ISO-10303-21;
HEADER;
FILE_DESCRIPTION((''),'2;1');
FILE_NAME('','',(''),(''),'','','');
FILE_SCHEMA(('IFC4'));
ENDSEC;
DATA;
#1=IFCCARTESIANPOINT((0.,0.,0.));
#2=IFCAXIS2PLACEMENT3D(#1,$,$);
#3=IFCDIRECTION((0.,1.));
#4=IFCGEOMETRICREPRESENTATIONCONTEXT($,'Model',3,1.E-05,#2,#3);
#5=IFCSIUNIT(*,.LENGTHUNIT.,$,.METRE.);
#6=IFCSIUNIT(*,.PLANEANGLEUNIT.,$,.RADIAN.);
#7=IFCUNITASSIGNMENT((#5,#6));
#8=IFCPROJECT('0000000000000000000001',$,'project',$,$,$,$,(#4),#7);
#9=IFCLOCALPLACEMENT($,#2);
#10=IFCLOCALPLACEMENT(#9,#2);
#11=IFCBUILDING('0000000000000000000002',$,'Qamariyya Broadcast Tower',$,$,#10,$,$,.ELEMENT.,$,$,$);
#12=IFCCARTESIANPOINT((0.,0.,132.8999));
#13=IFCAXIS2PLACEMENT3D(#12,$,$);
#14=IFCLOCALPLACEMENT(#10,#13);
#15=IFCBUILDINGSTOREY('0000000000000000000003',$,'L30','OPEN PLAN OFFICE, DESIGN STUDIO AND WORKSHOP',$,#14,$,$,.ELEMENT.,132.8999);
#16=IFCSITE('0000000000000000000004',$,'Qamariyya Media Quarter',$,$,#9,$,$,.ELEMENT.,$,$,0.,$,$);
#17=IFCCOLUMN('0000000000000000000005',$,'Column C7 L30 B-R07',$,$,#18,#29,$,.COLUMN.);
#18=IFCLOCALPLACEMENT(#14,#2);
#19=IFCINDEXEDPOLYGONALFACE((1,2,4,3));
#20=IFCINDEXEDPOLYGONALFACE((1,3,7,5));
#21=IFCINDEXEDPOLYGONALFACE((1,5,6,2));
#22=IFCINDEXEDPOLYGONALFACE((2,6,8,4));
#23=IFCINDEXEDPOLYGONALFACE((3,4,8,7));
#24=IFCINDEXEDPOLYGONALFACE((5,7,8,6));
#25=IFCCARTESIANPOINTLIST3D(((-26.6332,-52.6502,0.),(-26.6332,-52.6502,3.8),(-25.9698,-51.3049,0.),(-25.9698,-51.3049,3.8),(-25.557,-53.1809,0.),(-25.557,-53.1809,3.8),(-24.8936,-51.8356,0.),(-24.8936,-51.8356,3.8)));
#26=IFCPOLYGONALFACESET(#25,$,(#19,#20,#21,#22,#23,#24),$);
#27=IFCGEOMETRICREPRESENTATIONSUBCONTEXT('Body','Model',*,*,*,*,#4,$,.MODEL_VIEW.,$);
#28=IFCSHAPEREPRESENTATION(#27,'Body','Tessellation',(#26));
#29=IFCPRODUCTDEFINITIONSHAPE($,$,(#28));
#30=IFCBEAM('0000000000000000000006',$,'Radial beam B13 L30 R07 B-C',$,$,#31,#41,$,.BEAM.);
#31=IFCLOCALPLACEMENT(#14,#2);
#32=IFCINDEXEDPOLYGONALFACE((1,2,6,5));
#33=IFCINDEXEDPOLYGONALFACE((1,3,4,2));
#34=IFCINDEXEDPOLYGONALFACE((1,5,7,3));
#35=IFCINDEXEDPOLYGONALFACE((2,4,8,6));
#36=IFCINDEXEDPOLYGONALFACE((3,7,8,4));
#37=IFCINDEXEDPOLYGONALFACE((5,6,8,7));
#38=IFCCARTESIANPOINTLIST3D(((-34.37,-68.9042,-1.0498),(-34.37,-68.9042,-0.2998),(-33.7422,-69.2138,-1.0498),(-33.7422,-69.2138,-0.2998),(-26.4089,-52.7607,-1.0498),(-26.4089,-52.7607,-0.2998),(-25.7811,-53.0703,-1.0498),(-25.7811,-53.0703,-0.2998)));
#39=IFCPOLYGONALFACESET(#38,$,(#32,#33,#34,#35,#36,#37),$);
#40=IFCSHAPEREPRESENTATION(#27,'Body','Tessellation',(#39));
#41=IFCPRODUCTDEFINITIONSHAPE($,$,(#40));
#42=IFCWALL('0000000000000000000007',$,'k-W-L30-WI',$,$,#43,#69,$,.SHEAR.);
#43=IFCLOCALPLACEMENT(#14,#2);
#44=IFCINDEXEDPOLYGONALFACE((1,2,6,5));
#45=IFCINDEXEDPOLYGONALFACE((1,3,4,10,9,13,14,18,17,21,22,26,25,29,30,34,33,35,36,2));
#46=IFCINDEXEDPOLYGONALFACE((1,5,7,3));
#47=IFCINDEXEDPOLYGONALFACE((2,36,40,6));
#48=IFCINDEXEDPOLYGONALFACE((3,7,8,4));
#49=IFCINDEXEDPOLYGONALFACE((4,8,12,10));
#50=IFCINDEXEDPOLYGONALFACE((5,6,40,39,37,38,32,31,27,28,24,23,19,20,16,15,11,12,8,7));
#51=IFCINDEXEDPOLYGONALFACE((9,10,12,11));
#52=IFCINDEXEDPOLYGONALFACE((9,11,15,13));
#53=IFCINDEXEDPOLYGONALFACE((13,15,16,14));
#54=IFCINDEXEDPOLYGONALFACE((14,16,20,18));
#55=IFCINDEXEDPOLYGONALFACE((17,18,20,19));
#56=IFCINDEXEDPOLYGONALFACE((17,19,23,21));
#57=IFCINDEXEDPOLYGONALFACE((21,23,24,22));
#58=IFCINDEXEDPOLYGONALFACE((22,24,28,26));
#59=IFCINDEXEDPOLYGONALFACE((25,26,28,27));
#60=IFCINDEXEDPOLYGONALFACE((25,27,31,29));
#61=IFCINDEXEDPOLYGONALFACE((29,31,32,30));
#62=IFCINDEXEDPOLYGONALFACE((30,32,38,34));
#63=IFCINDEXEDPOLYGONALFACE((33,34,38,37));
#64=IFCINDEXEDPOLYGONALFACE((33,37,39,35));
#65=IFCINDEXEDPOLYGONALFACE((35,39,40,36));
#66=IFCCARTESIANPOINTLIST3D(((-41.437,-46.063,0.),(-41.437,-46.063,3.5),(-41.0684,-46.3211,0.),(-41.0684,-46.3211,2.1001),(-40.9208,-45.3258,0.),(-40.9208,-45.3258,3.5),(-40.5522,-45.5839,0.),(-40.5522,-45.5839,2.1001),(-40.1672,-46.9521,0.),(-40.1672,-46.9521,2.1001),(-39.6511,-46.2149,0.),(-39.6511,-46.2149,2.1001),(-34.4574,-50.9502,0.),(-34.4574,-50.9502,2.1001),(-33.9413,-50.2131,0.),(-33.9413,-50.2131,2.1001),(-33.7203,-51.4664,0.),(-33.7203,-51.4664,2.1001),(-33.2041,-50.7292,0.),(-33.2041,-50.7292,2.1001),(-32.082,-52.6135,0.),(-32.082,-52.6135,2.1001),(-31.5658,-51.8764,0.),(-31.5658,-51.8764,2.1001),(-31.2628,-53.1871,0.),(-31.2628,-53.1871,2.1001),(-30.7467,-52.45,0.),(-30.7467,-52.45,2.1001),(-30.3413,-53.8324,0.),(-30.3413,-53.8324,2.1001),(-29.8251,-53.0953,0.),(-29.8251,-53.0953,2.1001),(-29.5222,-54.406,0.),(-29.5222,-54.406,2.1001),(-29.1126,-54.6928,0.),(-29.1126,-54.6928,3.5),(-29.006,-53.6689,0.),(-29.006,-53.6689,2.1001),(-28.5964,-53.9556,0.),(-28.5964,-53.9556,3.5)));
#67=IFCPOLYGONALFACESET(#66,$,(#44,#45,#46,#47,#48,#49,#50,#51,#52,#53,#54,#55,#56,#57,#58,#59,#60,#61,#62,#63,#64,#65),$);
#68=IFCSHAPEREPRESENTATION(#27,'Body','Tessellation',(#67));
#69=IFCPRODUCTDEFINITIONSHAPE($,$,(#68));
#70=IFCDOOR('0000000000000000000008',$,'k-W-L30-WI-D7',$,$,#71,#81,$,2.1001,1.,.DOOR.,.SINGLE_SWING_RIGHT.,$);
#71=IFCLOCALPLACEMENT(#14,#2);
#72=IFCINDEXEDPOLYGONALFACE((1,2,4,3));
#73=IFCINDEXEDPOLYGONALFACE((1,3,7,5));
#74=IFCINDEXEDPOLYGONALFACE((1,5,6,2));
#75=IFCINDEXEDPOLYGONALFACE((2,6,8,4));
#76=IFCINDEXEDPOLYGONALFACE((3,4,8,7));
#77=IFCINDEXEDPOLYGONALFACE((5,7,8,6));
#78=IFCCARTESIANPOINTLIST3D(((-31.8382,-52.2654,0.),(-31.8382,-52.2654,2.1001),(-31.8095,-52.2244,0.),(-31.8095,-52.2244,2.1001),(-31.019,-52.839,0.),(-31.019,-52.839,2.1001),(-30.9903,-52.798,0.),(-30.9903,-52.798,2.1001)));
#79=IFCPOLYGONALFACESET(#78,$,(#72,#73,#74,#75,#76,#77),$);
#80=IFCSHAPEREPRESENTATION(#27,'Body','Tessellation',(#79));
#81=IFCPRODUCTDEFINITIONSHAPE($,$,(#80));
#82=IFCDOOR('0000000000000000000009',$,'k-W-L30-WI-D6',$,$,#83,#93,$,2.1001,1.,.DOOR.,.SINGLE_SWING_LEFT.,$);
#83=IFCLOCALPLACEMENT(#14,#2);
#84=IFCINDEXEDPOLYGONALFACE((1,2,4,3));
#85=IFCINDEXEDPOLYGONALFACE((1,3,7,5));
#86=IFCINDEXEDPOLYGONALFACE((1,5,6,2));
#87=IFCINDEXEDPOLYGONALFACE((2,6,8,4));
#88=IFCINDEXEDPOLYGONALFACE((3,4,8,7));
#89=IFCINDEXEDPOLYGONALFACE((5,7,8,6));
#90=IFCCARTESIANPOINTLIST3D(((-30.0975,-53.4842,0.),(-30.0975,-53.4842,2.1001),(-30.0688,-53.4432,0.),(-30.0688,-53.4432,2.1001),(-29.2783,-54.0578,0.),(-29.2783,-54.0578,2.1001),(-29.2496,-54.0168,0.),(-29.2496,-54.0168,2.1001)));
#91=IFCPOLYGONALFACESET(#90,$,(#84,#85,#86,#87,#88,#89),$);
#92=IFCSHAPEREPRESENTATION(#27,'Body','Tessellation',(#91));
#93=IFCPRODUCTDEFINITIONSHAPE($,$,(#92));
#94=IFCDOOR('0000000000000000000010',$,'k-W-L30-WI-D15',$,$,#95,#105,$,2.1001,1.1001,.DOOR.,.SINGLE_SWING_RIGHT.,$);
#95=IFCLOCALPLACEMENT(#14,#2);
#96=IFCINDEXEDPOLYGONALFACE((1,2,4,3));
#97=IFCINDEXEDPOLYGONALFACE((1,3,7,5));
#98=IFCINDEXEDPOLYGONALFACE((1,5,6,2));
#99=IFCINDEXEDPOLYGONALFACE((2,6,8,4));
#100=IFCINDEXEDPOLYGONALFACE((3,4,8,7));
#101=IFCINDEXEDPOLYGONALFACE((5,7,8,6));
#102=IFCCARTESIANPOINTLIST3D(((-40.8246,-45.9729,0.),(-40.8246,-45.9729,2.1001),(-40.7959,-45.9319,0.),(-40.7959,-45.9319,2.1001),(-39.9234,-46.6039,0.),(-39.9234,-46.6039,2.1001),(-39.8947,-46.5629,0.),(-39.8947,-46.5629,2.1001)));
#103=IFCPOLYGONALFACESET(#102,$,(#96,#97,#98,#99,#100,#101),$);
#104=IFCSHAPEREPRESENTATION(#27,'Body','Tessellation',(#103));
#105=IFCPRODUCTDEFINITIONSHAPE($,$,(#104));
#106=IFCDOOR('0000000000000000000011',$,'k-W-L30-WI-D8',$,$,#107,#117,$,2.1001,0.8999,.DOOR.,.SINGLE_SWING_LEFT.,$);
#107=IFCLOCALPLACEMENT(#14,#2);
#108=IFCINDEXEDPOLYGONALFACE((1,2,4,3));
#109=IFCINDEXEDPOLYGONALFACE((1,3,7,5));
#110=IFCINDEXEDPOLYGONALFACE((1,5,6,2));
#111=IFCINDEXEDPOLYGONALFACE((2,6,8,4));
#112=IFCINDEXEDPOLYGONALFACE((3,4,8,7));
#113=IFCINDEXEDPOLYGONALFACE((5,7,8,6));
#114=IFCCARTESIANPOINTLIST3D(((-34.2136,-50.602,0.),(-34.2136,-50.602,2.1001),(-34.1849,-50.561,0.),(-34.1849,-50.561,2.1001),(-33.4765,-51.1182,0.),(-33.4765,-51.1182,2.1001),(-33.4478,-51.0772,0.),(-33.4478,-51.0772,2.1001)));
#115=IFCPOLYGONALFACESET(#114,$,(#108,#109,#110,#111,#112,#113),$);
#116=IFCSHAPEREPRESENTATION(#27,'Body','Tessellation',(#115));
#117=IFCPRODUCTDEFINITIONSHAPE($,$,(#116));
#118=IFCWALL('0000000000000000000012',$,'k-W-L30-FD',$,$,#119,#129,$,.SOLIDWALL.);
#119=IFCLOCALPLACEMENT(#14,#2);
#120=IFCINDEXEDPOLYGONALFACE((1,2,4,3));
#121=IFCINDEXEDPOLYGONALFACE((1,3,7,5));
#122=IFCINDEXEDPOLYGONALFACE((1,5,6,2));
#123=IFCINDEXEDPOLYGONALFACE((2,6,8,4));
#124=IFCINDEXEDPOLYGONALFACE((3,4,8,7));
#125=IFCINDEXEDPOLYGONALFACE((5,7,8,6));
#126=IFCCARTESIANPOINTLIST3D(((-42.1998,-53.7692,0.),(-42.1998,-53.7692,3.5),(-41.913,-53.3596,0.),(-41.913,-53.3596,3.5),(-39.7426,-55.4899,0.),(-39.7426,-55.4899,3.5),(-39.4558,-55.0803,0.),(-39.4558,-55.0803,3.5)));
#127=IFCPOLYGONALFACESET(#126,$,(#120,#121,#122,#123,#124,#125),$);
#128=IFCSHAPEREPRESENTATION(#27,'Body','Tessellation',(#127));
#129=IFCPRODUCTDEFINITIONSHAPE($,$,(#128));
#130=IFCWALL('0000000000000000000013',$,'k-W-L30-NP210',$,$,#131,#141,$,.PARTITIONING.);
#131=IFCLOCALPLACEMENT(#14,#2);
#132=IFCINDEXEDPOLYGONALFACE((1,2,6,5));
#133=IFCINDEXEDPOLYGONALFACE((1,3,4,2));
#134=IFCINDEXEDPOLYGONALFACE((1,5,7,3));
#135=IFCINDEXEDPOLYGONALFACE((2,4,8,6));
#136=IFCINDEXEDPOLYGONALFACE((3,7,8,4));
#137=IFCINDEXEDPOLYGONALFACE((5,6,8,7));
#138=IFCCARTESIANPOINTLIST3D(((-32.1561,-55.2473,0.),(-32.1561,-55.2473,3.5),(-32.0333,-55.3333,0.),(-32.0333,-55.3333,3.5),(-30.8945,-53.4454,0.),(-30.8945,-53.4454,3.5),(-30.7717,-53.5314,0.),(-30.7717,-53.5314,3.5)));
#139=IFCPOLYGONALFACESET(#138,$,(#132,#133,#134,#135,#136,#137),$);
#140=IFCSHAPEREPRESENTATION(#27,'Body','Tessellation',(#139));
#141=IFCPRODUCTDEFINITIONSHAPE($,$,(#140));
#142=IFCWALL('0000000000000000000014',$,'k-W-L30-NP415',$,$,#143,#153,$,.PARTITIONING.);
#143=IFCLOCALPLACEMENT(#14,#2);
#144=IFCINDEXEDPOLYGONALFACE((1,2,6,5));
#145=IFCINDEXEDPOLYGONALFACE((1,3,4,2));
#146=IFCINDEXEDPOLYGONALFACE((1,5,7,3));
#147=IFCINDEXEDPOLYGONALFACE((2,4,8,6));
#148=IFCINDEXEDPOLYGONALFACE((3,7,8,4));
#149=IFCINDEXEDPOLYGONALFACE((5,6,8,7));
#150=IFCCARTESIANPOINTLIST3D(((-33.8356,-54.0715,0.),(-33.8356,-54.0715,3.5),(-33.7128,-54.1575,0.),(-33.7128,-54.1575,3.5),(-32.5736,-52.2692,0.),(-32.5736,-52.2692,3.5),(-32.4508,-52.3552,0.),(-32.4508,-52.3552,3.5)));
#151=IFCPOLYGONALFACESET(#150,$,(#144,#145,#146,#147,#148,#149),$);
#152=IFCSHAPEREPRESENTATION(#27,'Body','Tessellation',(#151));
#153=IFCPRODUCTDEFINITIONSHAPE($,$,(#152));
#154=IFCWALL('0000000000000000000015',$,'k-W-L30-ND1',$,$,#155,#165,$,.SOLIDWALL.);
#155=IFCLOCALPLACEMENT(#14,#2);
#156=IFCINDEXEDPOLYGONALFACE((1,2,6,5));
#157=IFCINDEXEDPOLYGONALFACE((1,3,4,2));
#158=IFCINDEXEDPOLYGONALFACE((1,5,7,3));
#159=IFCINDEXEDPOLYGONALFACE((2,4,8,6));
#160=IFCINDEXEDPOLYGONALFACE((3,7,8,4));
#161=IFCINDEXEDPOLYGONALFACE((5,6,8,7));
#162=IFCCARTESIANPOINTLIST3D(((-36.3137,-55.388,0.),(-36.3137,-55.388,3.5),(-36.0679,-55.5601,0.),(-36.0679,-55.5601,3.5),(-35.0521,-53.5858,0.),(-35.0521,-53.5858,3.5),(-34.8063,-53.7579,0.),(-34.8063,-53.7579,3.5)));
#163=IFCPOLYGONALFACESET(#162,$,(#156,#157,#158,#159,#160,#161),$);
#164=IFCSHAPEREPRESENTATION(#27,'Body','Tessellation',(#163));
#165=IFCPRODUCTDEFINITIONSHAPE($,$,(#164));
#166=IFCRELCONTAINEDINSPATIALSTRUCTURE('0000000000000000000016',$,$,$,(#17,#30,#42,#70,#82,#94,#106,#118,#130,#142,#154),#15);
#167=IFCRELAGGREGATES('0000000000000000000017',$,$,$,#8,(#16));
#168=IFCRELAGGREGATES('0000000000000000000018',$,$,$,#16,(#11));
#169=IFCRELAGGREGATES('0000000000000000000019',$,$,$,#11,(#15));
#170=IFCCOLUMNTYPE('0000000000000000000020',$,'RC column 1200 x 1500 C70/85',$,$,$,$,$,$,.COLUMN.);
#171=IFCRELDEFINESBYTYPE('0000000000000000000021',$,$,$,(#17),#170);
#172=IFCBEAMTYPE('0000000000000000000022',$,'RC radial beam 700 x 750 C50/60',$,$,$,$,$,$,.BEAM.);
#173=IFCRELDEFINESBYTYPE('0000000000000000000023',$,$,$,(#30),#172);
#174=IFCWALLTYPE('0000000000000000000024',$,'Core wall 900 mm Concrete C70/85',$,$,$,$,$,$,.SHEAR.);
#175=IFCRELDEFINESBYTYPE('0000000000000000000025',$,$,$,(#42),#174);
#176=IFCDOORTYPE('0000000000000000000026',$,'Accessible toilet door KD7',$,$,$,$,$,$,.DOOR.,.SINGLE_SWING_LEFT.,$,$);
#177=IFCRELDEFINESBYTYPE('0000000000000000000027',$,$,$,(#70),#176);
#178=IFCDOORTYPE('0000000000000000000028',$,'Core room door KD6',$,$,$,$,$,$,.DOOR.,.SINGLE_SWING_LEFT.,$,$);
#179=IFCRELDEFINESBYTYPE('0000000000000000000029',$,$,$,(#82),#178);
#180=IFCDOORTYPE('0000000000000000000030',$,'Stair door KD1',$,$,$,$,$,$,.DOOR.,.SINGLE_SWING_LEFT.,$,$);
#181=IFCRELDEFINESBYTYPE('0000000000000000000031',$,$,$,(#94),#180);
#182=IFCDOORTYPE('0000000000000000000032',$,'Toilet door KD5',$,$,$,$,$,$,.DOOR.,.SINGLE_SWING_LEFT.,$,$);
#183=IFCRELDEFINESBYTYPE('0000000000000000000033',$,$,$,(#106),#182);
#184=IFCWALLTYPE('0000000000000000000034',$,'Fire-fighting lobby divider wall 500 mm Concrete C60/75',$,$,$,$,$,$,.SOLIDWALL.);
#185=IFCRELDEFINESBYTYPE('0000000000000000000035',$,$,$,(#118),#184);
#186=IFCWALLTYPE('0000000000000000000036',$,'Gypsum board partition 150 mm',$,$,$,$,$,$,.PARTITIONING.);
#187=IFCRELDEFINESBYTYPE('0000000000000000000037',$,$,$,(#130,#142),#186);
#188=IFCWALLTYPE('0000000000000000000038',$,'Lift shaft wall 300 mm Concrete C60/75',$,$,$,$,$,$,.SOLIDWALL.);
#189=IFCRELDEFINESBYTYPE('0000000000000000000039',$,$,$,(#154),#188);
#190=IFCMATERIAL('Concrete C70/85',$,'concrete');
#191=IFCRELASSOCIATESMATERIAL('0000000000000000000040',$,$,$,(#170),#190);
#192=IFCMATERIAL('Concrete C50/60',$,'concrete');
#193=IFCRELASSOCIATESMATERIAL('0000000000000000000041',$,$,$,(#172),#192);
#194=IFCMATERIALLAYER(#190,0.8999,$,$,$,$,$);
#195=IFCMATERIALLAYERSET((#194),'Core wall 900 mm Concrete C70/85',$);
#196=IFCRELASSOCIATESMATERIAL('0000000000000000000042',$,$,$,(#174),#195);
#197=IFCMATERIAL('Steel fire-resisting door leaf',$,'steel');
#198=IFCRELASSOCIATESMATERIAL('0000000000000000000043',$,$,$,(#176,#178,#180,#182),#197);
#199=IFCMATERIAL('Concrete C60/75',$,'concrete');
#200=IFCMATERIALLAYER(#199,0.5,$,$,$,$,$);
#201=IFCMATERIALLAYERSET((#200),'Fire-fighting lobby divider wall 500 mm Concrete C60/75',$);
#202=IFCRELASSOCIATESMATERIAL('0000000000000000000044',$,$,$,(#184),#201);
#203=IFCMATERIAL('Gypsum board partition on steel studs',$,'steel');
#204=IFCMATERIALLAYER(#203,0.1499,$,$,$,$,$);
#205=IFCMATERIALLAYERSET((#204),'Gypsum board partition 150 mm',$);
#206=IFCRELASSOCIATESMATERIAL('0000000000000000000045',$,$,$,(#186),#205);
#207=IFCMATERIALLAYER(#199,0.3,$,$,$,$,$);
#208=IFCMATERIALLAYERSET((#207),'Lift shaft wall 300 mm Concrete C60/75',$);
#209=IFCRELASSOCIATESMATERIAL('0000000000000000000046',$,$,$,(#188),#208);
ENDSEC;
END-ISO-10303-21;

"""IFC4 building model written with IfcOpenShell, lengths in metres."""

from ifc_helpers import new_model, si_unit, direction, frame, frame_2d, origin, origin_2d, place, context, subcontext, project, spatial, rectangle, extrude, material, layer, layer_set, material_profile, profile_set, type_object, element, fill, save


model = new_model("IFC4")

# Units and contexts
model_context = context("Model", 3, precision=1e-05, world=origin(), true_north=direction((0.0, 1.0)))
body_context = subcontext(model_context, "Body", "Model", "MODEL_VIEW")
ifc_project = project(units=[si_unit("LENGTHUNIT", "METRE"), si_unit("PLANEANGLEUNIT", "RADIAN")], contexts=[model_context])

# Site, building, storey
site_placement = place(None, origin())
site = spatial("IfcSite", under=ifc_project, at=site_placement, Name="Qamariyya Media Quarter", CompositionType="ELEMENT", RefElevation=0.0)
building_placement = place(site_placement, origin())
building = spatial("IfcBuilding", under=site, at=building_placement, Name="Qamariyya Broadcast Tower", CompositionType="ELEMENT")
storey_placement = place(building_placement, frame((0.0, 0.0, 132.8999)))
storey = spatial("IfcBuildingStorey", under=building, at=storey_placement, Name="L30", Description="OPEN PLAN OFFICE, DESIGN STUDIO AND WORKSHOP", CompositionType="ELEMENT", Elevation=132.8999)

# Column
ifc_material_1 = material(Name="Concrete C70/85", Category="concrete")
ifc_material_profile_1 = material_profile(ifc_material_1, rectangle(XDim=1.2, YDim=1.5, at=origin_2d()))
ifc_profile_set_1 = profile_set([ifc_material_profile_1], Name="Concrete C70/85")
column_type = type_object("IfcColumnType", Name="RC column 1200 x 1500 C70/85", PredefinedType="COLUMN", material=ifc_profile_set_1)
column_placement = place(storey_placement, frame((-25.7634, -52.2429, 0.0), z_axis=(0.0, 0.0, 1.0), x_axis=(0.896873, -0.442289, 0.0)))
element("IfcColumn", 1, at=column_placement, inside=storey, type_object=column_type, Name="Column C7 L30 B-R07", PredefinedType="COLUMN", context=body_context, shape_type="SweptSolid", body=[
    extrude(rectangle(XDim=1.2, YDim=1.5, at=origin_2d()), origin(), (0.0, 0.0, 1.0), 3.8),
])

# Beam
ifc_material_2 = material(Name="Concrete C50/60", Category="concrete")
ifc_material_profile_2 = material_profile(ifc_material_2, rectangle(XDim=0.7, YDim=0.75, at=origin_2d()))
ifc_profile_set_2 = profile_set([ifc_material_profile_2], Name="Concrete C50/60")
beam_type = type_object("IfcBeamType", Name="RC radial beam 700 x 750 C50/60", PredefinedType="BEAM", material=ifc_profile_set_2)
beam_placement = place(storey_placement, frame((-26.095, -52.9155, -0.6748), z_axis=(-0.442291, -0.896871, 0.0), x_axis=(0.896871, -0.442291, 0.0)))
element("IfcBeam", 2, at=beam_placement, inside=storey, type_object=beam_type, Name="Radial beam B13 L30 R07 B-C", PredefinedType="BEAM", context=body_context, shape_type="SweptSolid", body=[
    extrude(rectangle(XDim=0.7, YDim=0.75, at=origin_2d()), origin(), (0.0, 0.0, 1.0), 17.9998),
])

# Wall, openings, doors
ifc_layer_1 = layer(ifc_material_1, 0.8999)
ifc_layer_set_1 = layer_set([ifc_layer_1], Name="Core wall 900 mm Concrete C70/85")
wall_type_1 = type_object("IfcWallType", Name="Core wall 900 mm Concrete C70/85", PredefinedType="SHEAR", material=ifc_layer_set_1)
wall_1_placement = place(storey_placement, frame((-28.8545, -54.3242, 0.0), z_axis=(0.0, 0.0, 1.0), x_axis=(-0.819146, 0.573585, 0.0)))
wall_1 = element("IfcWall", 3, at=wall_1_placement, inside=storey, type_object=wall_type_1, Name="k-W-L30-WI", PredefinedType="SHEAR", context=body_context, shape_type="SweptSolid", body=[
    extrude(rectangle(XDim=15.0454, YDim=0.8999, at=frame_2d((7.5227, 0.0))), origin(), (0.0, 0.0, 1.0), 3.5),
])
opening_1_placement = place(wall_1_placement, frame((0.5, 0.0, 0.0)))
opening_1 = element("IfcOpeningElement", 4, at=opening_1_placement, cuts=wall_1, PredefinedType="OPENING", context=body_context, shape_type="SweptSolid", body=[
    extrude(rectangle(XDim=1.0, YDim=2.1001, at=frame_2d((0.5, 1.05))), frame((0.0, 0.46, 0.0), z_axis=(0.0, -1.0, 0.0), x_axis=(1.0, 0.0, 0.0)), (0.0, 0.0, 1.0), 0.9199),
])
opening_2_placement = place(wall_1_placement, frame((2.625, 0.0, 0.0)))
opening_2 = element("IfcOpeningElement", 5, at=opening_2_placement, cuts=wall_1, PredefinedType="OPENING", context=body_context, shape_type="SweptSolid", body=[
    extrude(rectangle(XDim=1.0, YDim=2.1001, at=frame_2d((0.5, 1.05))), frame((0.0, 0.46, 0.0), z_axis=(0.0, -1.0, 0.0), x_axis=(1.0, 0.0, 0.0)), (0.0, 0.0, 1.0), 0.9199),
])
opening_3_placement = place(wall_1_placement, frame((5.625, 0.0, 0.0)))
opening_3 = element("IfcOpeningElement", 6, at=opening_3_placement, cuts=wall_1, PredefinedType="OPENING", context=body_context, shape_type="SweptSolid", body=[
    extrude(rectangle(XDim=0.8999, YDim=2.1001, at=frame_2d((0.45, 1.05))), frame((0.0, 0.46, 0.0), z_axis=(0.0, -1.0, 0.0), x_axis=(1.0, 0.0, 0.0)), (0.0, 0.0, 1.0), 0.9199),
])
opening_4_placement = place(wall_1_placement, frame((13.4954, 0.0, 0.0)))
opening_4 = element("IfcOpeningElement", 7, at=opening_4_placement, cuts=wall_1, PredefinedType="OPENING", context=body_context, shape_type="SweptSolid", body=[
    extrude(rectangle(XDim=1.1001, YDim=2.1001, at=frame_2d((0.55, 1.05))), frame((0.0, 0.46, 0.0), z_axis=(0.0, -1.0, 0.0), x_axis=(1.0, 0.0, 0.0)), (0.0, 0.0, 1.0), 0.9199),
])
ifc_material_3 = material(Name="Steel fire-resisting door leaf", Category="steel")
door_type_1 = type_object("IfcDoorType", Name="Accessible toilet door KD7", OperationType="SINGLE_SWING_LEFT", PredefinedType="DOOR", material=ifc_material_3)
door_1_placement = place(opening_2_placement, origin())
door_1 = element("IfcDoor", 8, at=door_1_placement, inside=storey, type_object=door_type_1, Name="k-W-L30-WI-D7", OperationType="SINGLE_SWING_RIGHT", OverallHeight=2.1001, OverallWidth=1.0, PredefinedType="DOOR", context=body_context, shape_type="SweptSolid", body=[
    extrude(rectangle(XDim=1.0, YDim=2.1001, at=frame_2d((0.5, 1.05))), frame((0.0, 0.0249, 0.0), z_axis=(0.0, -1.0, 0.0), x_axis=(1.0, 0.0, 0.0)), (0.0, 0.0, 1.0), 0.05),
])
fill(opening_2, door_1)
door_type_2 = type_object("IfcDoorType", Name="Core room door KD6", OperationType="SINGLE_SWING_LEFT", PredefinedType="DOOR", material=ifc_material_3)
door_2_placement = place(opening_1_placement, origin())
door_2 = element("IfcDoor", 9, at=door_2_placement, inside=storey, type_object=door_type_2, Name="k-W-L30-WI-D6", OperationType="SINGLE_SWING_LEFT", OverallHeight=2.1001, OverallWidth=1.0, PredefinedType="DOOR", context=body_context, shape_type="SweptSolid", body=[
    extrude(rectangle(XDim=1.0, YDim=2.1001, at=frame_2d((0.5, 1.05))), frame((0.0, 0.0249, 0.0), z_axis=(0.0, -1.0, 0.0), x_axis=(1.0, 0.0, 0.0)), (0.0, 0.0, 1.0), 0.05),
])
fill(opening_1, door_2)
door_type_3 = type_object("IfcDoorType", Name="Stair door KD1", OperationType="SINGLE_SWING_LEFT", PredefinedType="DOOR", material=ifc_material_3)
door_3_placement = place(opening_4_placement, origin())
door_3 = element("IfcDoor", 10, at=door_3_placement, inside=storey, type_object=door_type_3, Name="k-W-L30-WI-D15", OperationType="SINGLE_SWING_RIGHT", OverallHeight=2.1001, OverallWidth=1.1001, PredefinedType="DOOR", context=body_context, shape_type="SweptSolid", body=[
    extrude(rectangle(XDim=1.1001, YDim=2.1001, at=frame_2d((0.55, 1.05))), frame((0.0, 0.0249, 0.0), z_axis=(0.0, -1.0, 0.0), x_axis=(1.0, 0.0, 0.0)), (0.0, 0.0, 1.0), 0.05),
])
fill(opening_4, door_3)
door_type_4 = type_object("IfcDoorType", Name="Toilet door KD5", OperationType="SINGLE_SWING_LEFT", PredefinedType="DOOR", material=ifc_material_3)
door_4_placement = place(opening_3_placement, origin())
door_4 = element("IfcDoor", 11, at=door_4_placement, inside=storey, type_object=door_type_4, Name="k-W-L30-WI-D8", OperationType="SINGLE_SWING_LEFT", OverallHeight=2.1001, OverallWidth=0.8999, PredefinedType="DOOR", context=body_context, shape_type="SweptSolid", body=[
    extrude(rectangle(XDim=0.8999, YDim=2.1001, at=frame_2d((0.45, 1.05))), frame((0.0, 0.0249, 0.0), z_axis=(0.0, -1.0, 0.0), x_axis=(1.0, 0.0, 0.0)), (0.0, 0.0, 1.0), 0.05),
])
fill(opening_3, door_4)

# Walls
ifc_material_4 = material(Name="Concrete C60/75", Category="concrete")
ifc_layer_2 = layer(ifc_material_4, 0.5)
ifc_layer_set_2 = layer_set([ifc_layer_2], Name="Fire-fighting lobby divider wall 500 mm Concrete C60/75")
wall_type_2 = type_object("IfcWallType", Name="Fire-fighting lobby divider wall 500 mm Concrete C60/75", PredefinedType="SOLIDWALL", material=ifc_layer_set_2)
wall_2_placement = place(storey_placement, frame((-39.5991, -55.2852, 0.0), z_axis=(0.0, 0.0, 1.0), x_axis=(-0.819136, 0.573599, 0.0)))
element("IfcWall", 12, at=wall_2_placement, inside=storey, type_object=wall_type_2, Name="k-W-L30-FD", PredefinedType="SOLIDWALL", context=body_context, shape_type="SweptSolid", body=[
    extrude(rectangle(XDim=2.9998, YDim=0.5, at=frame_2d((1.5, 0.0))), origin(), (0.0, 0.0, 1.0), 3.5),
])
ifc_material_5 = material(Name="Gypsum board partition on steel studs", Category="steel")
ifc_layer_3 = layer(ifc_material_5, 0.1499)
ifc_layer_set_3 = layer_set([ifc_layer_3], Name="Gypsum board partition 150 mm")
wall_type_3 = type_object("IfcWallType", Name="Gypsum board partition 150 mm", PredefinedType="PARTITIONING", material=ifc_layer_set_3)
wall_3_placement = place(storey_placement, frame((-32.0947, -55.2903, 0.0), z_axis=(0.0, 0.0, 1.0), x_axis=(0.573559, 0.819164, 0.0)))
element("IfcWall", 13, at=wall_3_placement, inside=storey, type_object=wall_type_3, Name="k-W-L30-NP210", PredefinedType="PARTITIONING", context=body_context, shape_type="SweptSolid", body=[
    extrude(rectangle(XDim=2.1997, YDim=0.1499, at=frame_2d((1.0999, 0.0))), origin(), (0.0, 0.0, 1.0), 3.5),
])
wall_4_placement = place(storey_placement, frame((-33.7742, -54.1145, 0.0), z_axis=(0.0, 0.0, 1.0), x_axis=(0.573581, 0.819149, 0.0)))
element("IfcWall", 14, at=wall_4_placement, inside=storey, type_object=wall_type_3, Name="k-W-L30-NP415", PredefinedType="PARTITIONING", context=body_context, shape_type="SweptSolid", body=[
    extrude(rectangle(XDim=2.2002, YDim=0.1499, at=frame_2d((1.1001, 0.0))), origin(), (0.0, 0.0, 1.0), 3.5),
])
ifc_layer_4 = layer(ifc_material_4, 0.3)
ifc_layer_set_4 = layer_set([ifc_layer_4], Name="Lift shaft wall 300 mm Concrete C60/75")
wall_type_4 = type_object("IfcWallType", Name="Lift shaft wall 300 mm Concrete C60/75", PredefinedType="SOLIDWALL", material=ifc_layer_set_4)
wall_5_placement = place(storey_placement, frame((-36.1909, -55.4741, 0.0), z_axis=(0.0, 0.0, 1.0), x_axis=(0.573507, 0.819201, 0.0)))
element("IfcWall", 15, at=wall_5_placement, inside=storey, type_object=wall_type_4, Name="k-W-L30-ND1", PredefinedType="SOLIDWALL", context=body_context, shape_type="SweptSolid", body=[
    extrude(rectangle(XDim=2.2, YDim=0.3, at=frame_2d((1.1001, 0.0))), origin(), (0.0, 0.0, 1.0), 3.5),
])

save(model, "model.ifc")
